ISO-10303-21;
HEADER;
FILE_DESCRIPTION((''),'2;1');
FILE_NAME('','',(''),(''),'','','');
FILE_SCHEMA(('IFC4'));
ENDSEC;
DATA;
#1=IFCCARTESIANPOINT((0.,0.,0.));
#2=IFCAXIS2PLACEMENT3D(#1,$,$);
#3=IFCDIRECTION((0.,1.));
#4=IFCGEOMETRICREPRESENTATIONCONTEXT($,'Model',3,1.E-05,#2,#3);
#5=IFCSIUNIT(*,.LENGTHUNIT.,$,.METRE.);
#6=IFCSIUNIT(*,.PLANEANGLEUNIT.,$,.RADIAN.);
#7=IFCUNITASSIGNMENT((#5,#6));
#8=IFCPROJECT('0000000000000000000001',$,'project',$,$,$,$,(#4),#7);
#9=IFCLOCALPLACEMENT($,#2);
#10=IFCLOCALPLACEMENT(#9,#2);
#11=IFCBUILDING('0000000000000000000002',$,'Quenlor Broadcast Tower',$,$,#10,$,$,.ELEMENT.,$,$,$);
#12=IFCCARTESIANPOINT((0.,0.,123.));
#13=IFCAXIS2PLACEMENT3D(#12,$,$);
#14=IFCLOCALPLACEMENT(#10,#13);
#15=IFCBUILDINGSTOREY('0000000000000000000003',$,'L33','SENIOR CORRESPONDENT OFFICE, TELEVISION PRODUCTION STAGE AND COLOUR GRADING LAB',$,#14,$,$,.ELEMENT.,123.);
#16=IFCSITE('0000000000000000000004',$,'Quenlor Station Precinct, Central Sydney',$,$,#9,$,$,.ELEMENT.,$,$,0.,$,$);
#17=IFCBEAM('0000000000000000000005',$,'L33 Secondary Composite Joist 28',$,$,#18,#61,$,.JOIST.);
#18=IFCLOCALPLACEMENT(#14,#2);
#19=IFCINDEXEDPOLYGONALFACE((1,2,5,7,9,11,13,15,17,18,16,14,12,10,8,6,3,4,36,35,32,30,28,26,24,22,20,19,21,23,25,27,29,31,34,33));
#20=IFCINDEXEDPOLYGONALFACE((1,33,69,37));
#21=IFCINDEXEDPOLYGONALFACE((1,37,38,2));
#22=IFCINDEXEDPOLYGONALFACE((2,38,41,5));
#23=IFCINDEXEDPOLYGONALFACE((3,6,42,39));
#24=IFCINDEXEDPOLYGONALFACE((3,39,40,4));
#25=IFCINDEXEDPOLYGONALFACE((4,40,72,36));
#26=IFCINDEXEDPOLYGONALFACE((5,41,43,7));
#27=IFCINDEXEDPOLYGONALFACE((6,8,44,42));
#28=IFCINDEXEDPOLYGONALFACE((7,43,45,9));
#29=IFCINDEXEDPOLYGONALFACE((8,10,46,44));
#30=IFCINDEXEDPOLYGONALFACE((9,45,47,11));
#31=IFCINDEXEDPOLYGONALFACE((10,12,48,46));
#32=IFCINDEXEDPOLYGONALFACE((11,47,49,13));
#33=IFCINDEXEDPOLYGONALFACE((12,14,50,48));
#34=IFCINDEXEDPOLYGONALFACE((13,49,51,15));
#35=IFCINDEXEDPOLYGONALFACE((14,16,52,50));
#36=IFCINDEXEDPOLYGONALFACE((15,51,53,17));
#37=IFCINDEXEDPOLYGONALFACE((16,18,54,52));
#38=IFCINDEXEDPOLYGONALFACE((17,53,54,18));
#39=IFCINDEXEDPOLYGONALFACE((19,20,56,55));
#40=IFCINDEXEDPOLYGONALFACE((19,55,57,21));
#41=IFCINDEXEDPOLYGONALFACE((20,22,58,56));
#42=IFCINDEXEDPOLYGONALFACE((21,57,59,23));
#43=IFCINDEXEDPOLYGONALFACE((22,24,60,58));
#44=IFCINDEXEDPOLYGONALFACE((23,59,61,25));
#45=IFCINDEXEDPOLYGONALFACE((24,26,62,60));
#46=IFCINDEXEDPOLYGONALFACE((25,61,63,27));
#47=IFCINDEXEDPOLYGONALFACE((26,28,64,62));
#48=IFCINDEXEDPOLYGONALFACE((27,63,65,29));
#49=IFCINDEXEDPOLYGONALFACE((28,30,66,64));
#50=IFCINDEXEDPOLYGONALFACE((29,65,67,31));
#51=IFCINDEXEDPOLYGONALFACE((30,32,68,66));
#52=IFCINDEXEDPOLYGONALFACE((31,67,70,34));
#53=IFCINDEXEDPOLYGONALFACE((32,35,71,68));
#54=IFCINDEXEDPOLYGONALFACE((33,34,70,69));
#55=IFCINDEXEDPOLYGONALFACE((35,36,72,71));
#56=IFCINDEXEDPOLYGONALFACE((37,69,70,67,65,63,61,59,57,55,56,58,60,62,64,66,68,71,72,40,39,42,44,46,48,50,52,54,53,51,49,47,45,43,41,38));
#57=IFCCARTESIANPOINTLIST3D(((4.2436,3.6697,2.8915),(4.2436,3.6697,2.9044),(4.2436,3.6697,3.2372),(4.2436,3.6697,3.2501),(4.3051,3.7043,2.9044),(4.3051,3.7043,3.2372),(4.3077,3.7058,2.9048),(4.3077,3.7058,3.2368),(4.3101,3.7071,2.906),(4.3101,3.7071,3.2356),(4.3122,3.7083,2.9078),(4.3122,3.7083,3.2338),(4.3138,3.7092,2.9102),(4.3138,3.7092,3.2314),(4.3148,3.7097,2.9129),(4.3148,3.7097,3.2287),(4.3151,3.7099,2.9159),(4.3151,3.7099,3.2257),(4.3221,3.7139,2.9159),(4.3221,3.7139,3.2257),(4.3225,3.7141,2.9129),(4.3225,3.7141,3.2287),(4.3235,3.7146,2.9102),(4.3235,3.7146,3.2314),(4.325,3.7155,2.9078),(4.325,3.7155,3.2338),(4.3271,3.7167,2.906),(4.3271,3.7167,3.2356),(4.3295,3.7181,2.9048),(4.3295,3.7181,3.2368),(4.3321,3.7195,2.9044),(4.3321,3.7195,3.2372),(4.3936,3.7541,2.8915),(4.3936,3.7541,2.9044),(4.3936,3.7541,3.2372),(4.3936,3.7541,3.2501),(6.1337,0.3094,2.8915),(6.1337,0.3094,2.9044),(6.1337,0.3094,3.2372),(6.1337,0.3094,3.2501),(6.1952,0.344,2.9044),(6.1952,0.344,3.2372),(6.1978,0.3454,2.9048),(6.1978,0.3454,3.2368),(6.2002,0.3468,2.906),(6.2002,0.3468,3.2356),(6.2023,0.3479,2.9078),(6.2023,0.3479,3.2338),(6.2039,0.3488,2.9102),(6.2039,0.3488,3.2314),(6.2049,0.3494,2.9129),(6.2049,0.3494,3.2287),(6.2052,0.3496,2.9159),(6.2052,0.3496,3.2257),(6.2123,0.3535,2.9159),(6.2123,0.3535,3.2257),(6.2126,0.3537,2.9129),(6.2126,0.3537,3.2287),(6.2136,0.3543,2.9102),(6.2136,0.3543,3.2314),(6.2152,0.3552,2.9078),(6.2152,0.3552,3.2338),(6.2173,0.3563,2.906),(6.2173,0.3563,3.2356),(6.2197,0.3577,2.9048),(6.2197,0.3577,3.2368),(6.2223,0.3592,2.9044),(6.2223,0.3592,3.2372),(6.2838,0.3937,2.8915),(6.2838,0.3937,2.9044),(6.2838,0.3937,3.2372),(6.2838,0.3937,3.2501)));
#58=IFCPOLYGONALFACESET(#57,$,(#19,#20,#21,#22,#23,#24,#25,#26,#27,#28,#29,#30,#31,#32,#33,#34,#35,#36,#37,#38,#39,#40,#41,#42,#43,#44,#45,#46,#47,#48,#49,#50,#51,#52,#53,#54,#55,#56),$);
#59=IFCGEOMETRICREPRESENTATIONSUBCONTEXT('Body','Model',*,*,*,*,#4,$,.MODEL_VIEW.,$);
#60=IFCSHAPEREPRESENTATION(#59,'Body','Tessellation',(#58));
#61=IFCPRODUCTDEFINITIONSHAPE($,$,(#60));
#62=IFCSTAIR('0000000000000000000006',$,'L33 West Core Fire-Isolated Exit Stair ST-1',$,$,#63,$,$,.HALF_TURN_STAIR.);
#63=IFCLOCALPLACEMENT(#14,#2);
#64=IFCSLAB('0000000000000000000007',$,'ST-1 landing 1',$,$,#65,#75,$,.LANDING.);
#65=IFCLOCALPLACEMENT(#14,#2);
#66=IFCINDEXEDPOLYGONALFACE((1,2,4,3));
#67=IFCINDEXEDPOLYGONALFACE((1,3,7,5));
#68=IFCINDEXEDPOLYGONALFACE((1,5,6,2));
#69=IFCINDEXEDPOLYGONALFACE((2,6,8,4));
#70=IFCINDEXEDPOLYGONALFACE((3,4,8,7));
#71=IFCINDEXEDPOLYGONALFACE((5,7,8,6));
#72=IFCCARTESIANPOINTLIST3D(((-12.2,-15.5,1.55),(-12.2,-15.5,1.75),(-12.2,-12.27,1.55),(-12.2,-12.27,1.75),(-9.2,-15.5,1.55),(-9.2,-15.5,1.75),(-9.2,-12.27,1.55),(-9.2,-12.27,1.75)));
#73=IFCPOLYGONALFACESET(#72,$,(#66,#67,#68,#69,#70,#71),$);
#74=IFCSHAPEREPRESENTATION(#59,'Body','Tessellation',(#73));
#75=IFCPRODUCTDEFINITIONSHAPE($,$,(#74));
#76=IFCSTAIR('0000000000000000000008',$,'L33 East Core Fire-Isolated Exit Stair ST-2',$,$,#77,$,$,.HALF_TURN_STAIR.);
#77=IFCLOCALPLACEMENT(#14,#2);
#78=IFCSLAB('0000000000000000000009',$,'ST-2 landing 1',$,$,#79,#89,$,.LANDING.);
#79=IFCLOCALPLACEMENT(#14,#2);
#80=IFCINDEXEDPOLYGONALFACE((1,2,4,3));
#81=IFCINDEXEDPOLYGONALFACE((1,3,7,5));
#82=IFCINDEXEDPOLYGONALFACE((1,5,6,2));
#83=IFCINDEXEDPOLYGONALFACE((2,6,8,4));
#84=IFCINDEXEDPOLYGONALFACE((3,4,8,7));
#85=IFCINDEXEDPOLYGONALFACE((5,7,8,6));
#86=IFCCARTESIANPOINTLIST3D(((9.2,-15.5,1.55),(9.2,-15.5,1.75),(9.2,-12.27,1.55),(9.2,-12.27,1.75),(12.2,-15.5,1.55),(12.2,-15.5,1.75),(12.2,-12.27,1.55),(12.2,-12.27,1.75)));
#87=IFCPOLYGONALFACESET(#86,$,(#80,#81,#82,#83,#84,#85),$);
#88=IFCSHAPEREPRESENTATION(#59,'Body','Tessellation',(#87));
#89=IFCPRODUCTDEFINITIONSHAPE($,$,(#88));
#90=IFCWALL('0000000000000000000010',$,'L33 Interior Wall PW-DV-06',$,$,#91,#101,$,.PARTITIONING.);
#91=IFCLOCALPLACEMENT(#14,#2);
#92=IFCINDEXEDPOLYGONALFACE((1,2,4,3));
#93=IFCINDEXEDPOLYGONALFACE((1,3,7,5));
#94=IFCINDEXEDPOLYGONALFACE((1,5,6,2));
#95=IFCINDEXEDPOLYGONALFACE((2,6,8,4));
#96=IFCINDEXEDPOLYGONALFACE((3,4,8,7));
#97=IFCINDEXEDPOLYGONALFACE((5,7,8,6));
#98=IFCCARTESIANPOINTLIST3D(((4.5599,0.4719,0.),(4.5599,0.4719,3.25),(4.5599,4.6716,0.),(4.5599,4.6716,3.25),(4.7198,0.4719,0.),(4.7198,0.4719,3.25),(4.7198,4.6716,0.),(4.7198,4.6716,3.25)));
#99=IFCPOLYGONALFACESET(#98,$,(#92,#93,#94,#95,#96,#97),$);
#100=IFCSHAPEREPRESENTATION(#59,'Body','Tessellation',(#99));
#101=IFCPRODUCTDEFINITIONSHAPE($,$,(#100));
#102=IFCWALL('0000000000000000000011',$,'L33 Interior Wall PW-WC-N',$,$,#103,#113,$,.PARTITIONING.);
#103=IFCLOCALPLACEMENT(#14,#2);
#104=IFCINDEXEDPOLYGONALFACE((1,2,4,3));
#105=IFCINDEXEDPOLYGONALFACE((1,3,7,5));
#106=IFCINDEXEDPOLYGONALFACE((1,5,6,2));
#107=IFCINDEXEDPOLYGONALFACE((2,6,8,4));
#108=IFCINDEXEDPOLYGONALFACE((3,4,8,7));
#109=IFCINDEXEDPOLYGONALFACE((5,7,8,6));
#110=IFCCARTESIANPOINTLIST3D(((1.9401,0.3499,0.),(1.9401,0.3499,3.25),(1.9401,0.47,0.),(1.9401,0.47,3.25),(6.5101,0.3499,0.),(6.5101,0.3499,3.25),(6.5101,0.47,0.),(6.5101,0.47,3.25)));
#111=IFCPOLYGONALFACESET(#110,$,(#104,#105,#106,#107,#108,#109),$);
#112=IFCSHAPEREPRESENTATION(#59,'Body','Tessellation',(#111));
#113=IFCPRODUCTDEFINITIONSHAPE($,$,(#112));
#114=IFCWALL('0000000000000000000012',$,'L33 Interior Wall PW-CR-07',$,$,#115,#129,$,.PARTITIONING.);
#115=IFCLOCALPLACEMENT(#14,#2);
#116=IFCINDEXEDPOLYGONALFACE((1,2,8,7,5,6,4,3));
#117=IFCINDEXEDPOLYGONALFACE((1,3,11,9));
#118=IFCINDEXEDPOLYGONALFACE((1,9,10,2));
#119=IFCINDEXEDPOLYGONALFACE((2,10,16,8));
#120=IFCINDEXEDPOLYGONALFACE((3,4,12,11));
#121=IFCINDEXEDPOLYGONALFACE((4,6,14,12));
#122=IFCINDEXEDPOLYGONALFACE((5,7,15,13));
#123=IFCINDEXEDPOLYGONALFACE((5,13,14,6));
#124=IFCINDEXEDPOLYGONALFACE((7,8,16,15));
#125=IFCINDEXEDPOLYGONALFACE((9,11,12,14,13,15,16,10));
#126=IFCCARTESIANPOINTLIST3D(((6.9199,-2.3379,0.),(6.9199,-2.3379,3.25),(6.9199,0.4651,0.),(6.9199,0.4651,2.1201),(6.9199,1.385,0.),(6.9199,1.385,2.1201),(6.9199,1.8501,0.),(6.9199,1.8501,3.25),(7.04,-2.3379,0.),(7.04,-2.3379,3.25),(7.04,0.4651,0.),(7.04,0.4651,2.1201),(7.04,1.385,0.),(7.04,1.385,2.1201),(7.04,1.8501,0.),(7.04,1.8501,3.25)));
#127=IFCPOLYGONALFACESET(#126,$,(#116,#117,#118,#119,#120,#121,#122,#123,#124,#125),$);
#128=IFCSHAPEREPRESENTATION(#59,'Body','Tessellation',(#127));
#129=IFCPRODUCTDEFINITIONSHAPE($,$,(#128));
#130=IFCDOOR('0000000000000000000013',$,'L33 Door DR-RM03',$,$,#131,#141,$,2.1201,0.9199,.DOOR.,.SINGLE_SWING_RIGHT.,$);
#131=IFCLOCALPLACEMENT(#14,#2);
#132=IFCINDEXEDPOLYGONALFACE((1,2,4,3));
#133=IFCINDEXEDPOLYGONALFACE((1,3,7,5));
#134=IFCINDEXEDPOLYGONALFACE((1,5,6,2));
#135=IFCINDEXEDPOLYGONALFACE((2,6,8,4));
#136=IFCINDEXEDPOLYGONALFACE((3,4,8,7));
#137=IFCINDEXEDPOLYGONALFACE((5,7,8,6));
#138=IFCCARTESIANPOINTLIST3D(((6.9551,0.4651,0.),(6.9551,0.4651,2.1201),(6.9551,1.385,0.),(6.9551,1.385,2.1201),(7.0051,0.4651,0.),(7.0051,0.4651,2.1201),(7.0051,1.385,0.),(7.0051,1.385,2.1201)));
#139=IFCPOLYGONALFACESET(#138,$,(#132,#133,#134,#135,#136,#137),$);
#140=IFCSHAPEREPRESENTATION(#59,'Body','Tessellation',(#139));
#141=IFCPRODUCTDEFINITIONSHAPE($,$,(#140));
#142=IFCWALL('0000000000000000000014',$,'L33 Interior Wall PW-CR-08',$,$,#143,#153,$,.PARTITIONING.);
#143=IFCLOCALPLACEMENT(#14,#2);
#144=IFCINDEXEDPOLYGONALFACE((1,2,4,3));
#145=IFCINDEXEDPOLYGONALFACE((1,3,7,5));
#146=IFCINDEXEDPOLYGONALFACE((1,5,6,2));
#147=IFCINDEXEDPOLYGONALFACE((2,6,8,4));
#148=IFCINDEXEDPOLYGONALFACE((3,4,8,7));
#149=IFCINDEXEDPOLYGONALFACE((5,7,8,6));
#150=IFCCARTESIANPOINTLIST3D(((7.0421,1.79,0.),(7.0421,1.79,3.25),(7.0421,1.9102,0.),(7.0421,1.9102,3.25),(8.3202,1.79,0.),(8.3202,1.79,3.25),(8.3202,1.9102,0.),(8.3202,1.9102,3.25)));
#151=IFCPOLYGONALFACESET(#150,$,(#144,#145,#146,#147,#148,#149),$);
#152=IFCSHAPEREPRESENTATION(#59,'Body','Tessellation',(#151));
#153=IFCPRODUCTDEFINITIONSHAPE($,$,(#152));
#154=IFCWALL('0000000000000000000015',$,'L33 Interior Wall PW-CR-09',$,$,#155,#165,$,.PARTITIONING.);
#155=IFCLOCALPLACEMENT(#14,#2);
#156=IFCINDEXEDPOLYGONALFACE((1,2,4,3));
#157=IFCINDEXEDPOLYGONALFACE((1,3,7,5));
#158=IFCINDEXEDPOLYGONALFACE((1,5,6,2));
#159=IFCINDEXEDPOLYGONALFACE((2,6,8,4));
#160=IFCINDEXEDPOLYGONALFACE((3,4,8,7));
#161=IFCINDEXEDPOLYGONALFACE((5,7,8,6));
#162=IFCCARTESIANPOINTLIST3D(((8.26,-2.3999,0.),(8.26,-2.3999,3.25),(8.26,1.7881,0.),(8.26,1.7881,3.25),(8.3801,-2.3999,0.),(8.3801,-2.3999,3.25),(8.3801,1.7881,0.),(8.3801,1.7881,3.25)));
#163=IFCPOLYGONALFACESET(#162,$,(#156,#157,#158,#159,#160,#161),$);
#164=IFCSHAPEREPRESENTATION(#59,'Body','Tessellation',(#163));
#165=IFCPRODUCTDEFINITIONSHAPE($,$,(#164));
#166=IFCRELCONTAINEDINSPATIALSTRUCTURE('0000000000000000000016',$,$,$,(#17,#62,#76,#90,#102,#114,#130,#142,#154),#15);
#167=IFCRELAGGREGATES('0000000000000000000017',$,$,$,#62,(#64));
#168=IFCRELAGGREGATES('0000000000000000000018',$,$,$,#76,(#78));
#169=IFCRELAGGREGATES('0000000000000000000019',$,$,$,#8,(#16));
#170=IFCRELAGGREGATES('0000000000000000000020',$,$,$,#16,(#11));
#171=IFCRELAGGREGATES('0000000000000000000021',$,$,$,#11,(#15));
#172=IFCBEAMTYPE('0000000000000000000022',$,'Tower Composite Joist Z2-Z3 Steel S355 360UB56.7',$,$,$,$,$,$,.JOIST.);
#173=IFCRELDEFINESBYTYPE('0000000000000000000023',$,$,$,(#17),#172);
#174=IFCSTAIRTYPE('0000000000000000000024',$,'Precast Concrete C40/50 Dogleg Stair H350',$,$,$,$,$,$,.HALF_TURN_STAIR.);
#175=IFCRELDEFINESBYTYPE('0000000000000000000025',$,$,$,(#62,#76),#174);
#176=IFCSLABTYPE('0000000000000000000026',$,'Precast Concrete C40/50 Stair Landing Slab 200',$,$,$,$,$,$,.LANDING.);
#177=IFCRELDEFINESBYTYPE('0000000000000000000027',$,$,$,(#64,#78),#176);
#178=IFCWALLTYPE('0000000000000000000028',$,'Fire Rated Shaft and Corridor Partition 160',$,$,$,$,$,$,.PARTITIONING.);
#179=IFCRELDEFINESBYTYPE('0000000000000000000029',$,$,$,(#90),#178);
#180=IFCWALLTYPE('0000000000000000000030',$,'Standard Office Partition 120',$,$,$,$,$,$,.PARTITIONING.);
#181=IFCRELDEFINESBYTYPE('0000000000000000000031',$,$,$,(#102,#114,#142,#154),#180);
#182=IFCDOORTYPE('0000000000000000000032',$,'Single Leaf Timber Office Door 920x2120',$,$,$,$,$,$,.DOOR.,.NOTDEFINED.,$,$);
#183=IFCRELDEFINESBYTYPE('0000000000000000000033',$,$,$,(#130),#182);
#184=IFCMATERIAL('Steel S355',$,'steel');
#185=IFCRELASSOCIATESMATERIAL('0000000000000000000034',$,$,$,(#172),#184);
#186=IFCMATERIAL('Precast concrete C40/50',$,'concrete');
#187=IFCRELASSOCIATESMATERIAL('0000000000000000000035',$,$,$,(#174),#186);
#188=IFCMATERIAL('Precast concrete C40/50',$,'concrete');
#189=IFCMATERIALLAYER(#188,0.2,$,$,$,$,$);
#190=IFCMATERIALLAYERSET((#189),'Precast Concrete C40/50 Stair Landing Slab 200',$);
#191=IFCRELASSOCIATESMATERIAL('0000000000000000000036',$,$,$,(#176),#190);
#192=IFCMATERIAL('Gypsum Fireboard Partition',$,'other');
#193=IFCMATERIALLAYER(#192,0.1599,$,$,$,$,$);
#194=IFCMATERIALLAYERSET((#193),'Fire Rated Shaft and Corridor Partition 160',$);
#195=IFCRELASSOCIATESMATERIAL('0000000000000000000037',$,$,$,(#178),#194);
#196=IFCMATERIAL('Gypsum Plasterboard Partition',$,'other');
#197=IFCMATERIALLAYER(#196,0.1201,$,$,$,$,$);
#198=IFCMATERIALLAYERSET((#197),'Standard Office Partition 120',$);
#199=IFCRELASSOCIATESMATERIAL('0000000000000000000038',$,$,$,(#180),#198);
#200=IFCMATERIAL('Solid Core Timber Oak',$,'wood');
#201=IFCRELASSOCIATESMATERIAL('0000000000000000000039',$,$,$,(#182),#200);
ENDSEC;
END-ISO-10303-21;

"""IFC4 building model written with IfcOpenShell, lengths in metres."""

from ifc_helpers import new_model, si_unit, direction, frame, frame_2d, origin, origin_2d, place, context, subcontext, project, spatial, polyline, rectangle, i_section, outline, extrude, material, layer, layer_set, material_profile, profile_set, type_object, element, fill, aggregate, save


model = new_model("IFC4")

# Units and contexts
model_context = context("Model", 3, precision=1e-05, world=origin(), true_north=direction((0.0, 1.0)))
body_context = subcontext(model_context, "Body", "Model", "MODEL_VIEW")
ifc_project = project(units=[si_unit("LENGTHUNIT", "METRE"), si_unit("PLANEANGLEUNIT", "RADIAN")], contexts=[model_context])

# Site, building, storey
site_placement = place(None, origin())
site = spatial("IfcSite", under=ifc_project, at=site_placement, Name="Quenlor Station Precinct, Central Sydney", CompositionType="ELEMENT", RefElevation=0.0)
building_placement = place(site_placement, origin())
building = spatial("IfcBuilding", under=site, at=building_placement, Name="Quenlor Broadcast Tower", CompositionType="ELEMENT")
storey_placement = place(building_placement, frame((0.0, 0.0, 123.0)))
storey = spatial("IfcBuildingStorey", under=building, at=storey_placement, Name="L33", Description="SENIOR CORRESPONDENT OFFICE, TELEVISION PRODUCTION STAGE AND COLOUR GRADING LAB", CompositionType="ELEMENT", Elevation=123.0)

# Beam
ifc_material_1 = material(Name="Steel S355", Category="steel")
ifc_material_profile = material_profile(ifc_material_1, i_section(OverallWidth=0.1721, OverallDepth=0.3586, WebThickness=0.0081, FlangeThickness=0.0129, FilletRadius=0.0115, at=origin_2d()))
ifc_profile_set = profile_set([ifc_material_profile], Name="Steel S355 360UB56.7")
beam_type = type_object("IfcBeamType", Name="Tower Composite Joist Z2-Z3 Steel S355 360UB56.7", PredefinedType="JOIST", material=ifc_profile_set)
beam_placement = place(storey_placement, frame((4.3186, 3.7119, 3.0708), z_axis=(0.490249, -0.871582, 0.0), x_axis=(0.871582, 0.490249, 0.0)))
element("IfcBeam", 1, at=beam_placement, inside=storey, type_object=beam_type, Name="L33 Secondary Composite Joist 28", PredefinedType="JOIST", context=body_context, shape_type="SweptSolid", body=[
    extrude(i_section(OverallWidth=0.1721, OverallDepth=0.3586, WebThickness=0.0081, FlangeThickness=0.0129, FilletRadius=0.0115, at=origin_2d()), origin(), (0.0, 0.0, 1.0), 3.8555),
])

# Stairs, slabs
ifc_material_2 = material(Name="Precast concrete C40/50", Category="concrete")
stair_type = type_object("IfcStairType", Name="Precast Concrete C40/50 Dogleg Stair H350", PredefinedType="HALF_TURN_STAIR", material=ifc_material_2)
stair_1_placement = place(storey_placement, origin())
stair_1 = element("IfcStair", 2, at=stair_1_placement, inside=storey, type_object=stair_type, Name="L33 West Core Fire-Isolated Exit Stair ST-1", PredefinedType="HALF_TURN_STAIR")
ifc_material_3 = material(Name="Precast concrete C40/50", Category="concrete")
ifc_layer_1 = layer(ifc_material_3, 0.2)
ifc_layer_set_1 = layer_set([ifc_layer_1], Name="Precast Concrete C40/50 Stair Landing Slab 200")
slab_type = type_object("IfcSlabType", Name="Precast Concrete C40/50 Stair Landing Slab 200", PredefinedType="LANDING", material=ifc_layer_set_1)
slab_1_placement = place(storey_placement, frame((0.0, 0.0, 1.55)))
slab_1 = element("IfcSlab", 3, at=slab_1_placement, type_object=slab_type, Name="ST-1 landing 1", PredefinedType="LANDING", context=body_context, shape_type="SweptSolid", body=[
    extrude(outline(polyline([(-12.2, -12.27), (-12.2, -15.5), (-9.2, -15.5), (-9.2, -12.27), (-12.2, -12.27)])), origin(), (0.0, 0.0, 1.0), 0.2),
])
aggregate(stair_1, [slab_1])
stair_2_placement = place(storey_placement, origin())
stair_2 = element("IfcStair", 4, at=stair_2_placement, inside=storey, type_object=stair_type, Name="L33 East Core Fire-Isolated Exit Stair ST-2", PredefinedType="HALF_TURN_STAIR")
slab_2_placement = place(storey_placement, frame((0.0, 0.0, 1.55)))
slab_2 = element("IfcSlab", 5, at=slab_2_placement, type_object=slab_type, Name="ST-2 landing 1", PredefinedType="LANDING", context=body_context, shape_type="SweptSolid", body=[
    extrude(outline(polyline([(9.2, -12.27), (9.2, -15.5), (12.2, -15.5), (12.2, -12.27), (9.2, -12.27)])), origin(), (0.0, 0.0, 1.0), 0.2),
])
aggregate(stair_2, [slab_2])

# Walls
ifc_material_4 = material(Name="Gypsum Fireboard Partition", Category="other")
ifc_layer_2 = layer(ifc_material_4, 0.1599)
ifc_layer_set_2 = layer_set([ifc_layer_2], Name="Fire Rated Shaft and Corridor Partition 160")
wall_type_1 = type_object("IfcWallType", Name="Fire Rated Shaft and Corridor Partition 160", PredefinedType="PARTITIONING", material=ifc_layer_set_2)
wall_1_placement = place(storey_placement, frame((4.6399, 0.4719, 0.0), z_axis=(0.0, 0.0, 1.0), x_axis=(0.0, 1.0, 0.0)))
element("IfcWall", 6, at=wall_1_placement, inside=storey, type_object=wall_type_1, Name="L33 Interior Wall PW-DV-06", PredefinedType="PARTITIONING", context=body_context, shape_type="SweptSolid", body=[
    extrude(rectangle(XDim=4.1997, YDim=0.1599, at=frame_2d((2.0999, 0.0))), origin(), (0.0, 0.0, 1.0), 3.25),
])
ifc_material_5 = material(Name="Gypsum Plasterboard Partition", Category="other")
ifc_layer_3 = layer(ifc_material_5, 0.1201)
ifc_layer_set_3 = layer_set([ifc_layer_3], Name="Standard Office Partition 120")
wall_type_2 = type_object("IfcWallType", Name="Standard Office Partition 120", PredefinedType="PARTITIONING", material=ifc_layer_set_3)
wall_2_placement = place(storey_placement, frame((1.9399, 0.4099, 0.0), z_axis=(0.0, 0.0, 1.0), x_axis=(1.0, 0.0, 0.0)))
element("IfcWall", 7, at=wall_2_placement, inside=storey, type_object=wall_type_2, Name="L33 Interior Wall PW-WC-N", PredefinedType="PARTITIONING", context=body_context, shape_type="SweptSolid", body=[
    extrude(rectangle(XDim=4.5701, YDim=0.1201, at=frame_2d((2.2852, 0.0))), origin(), (0.0, 0.0, 1.0), 3.25),
])

# Wall, opening, door
wall_3_placement = place(storey_placement, frame((6.98, -2.3379, 0.0), z_axis=(0.0, 0.0, 1.0), x_axis=(0.0, 1.0, 0.0)))
wall_3 = element("IfcWall", 8, at=wall_3_placement, inside=storey, type_object=wall_type_2, Name="L33 Interior Wall PW-CR-07", PredefinedType="PARTITIONING", context=body_context, shape_type="SweptSolid", body=[
    extrude(rectangle(XDim=4.188, YDim=0.1201, at=frame_2d((2.094, 0.0))), origin(), (0.0, 0.0, 1.0), 3.25),
])
opening_placement = place(wall_3_placement, frame((2.803, 0.0, 0.0)))
opening = element("IfcOpeningElement", 9, at=opening_placement, cuts=wall_3, PredefinedType="OPENING", context=body_context, shape_type="SweptSolid", body=[
    extrude(rectangle(XDim=0.9199, YDim=2.1201, at=frame_2d((0.46, 1.0601))), frame((0.0, 0.0701, 0.0), z_axis=(0.0, -1.0, 0.0), x_axis=(1.0, 0.0, 0.0)), (0.0, 0.0, 1.0), 0.1401),
])
ifc_material_6 = material(Name="Solid Core Timber Oak", Category="wood")
door_type = type_object("IfcDoorType", Name="Single Leaf Timber Office Door 920x2120", OperationType="NOTDEFINED", PredefinedType="DOOR", material=ifc_material_6)
door_placement = place(opening_placement, origin())
door = element("IfcDoor", 10, at=door_placement, inside=storey, type_object=door_type, Name="L33 Door DR-RM03", OperationType="SINGLE_SWING_RIGHT", OverallHeight=2.1201, OverallWidth=0.9199, PredefinedType="DOOR", context=body_context, shape_type="SweptSolid", body=[
    extrude(rectangle(XDim=0.9199, YDim=2.1201, at=frame_2d((0.46, 1.0601))), frame((0.0, 0.0249, 0.0), z_axis=(0.0, -1.0, 0.0), x_axis=(1.0, 0.0, 0.0)), (0.0, 0.0, 1.0), 0.05),
])
fill(opening, door)

# Walls
wall_4_placement = place(storey_placement, frame((7.042, 1.8501, 0.0), z_axis=(0.0, 0.0, 1.0), x_axis=(1.0, 0.0, 0.0)))
element("IfcWall", 11, at=wall_4_placement, inside=storey, type_object=wall_type_2, Name="L33 Interior Wall PW-CR-08", PredefinedType="PARTITIONING", context=body_context, shape_type="SweptSolid", body=[
    extrude(rectangle(XDim=1.2781, YDim=0.1201, at=frame_2d((0.6392, 0.0))), origin(), (0.0, 0.0, 1.0), 3.25),
])
wall_5_placement = place(storey_placement, frame((8.3201, 1.7881, 0.0), z_axis=(0.0, 0.0, 1.0), x_axis=(0.0, -1.0, 0.0)))
element("IfcWall", 12, at=wall_5_placement, inside=storey, type_object=wall_type_2, Name="L33 Interior Wall PW-CR-09", PredefinedType="PARTITIONING", context=body_context, shape_type="SweptSolid", body=[
    extrude(rectangle(XDim=4.188, YDim=0.1201, at=frame_2d((2.094, 0.0))), origin(), (0.0, 0.0, 1.0), 3.25),
])

save(model, "model.ifc")
